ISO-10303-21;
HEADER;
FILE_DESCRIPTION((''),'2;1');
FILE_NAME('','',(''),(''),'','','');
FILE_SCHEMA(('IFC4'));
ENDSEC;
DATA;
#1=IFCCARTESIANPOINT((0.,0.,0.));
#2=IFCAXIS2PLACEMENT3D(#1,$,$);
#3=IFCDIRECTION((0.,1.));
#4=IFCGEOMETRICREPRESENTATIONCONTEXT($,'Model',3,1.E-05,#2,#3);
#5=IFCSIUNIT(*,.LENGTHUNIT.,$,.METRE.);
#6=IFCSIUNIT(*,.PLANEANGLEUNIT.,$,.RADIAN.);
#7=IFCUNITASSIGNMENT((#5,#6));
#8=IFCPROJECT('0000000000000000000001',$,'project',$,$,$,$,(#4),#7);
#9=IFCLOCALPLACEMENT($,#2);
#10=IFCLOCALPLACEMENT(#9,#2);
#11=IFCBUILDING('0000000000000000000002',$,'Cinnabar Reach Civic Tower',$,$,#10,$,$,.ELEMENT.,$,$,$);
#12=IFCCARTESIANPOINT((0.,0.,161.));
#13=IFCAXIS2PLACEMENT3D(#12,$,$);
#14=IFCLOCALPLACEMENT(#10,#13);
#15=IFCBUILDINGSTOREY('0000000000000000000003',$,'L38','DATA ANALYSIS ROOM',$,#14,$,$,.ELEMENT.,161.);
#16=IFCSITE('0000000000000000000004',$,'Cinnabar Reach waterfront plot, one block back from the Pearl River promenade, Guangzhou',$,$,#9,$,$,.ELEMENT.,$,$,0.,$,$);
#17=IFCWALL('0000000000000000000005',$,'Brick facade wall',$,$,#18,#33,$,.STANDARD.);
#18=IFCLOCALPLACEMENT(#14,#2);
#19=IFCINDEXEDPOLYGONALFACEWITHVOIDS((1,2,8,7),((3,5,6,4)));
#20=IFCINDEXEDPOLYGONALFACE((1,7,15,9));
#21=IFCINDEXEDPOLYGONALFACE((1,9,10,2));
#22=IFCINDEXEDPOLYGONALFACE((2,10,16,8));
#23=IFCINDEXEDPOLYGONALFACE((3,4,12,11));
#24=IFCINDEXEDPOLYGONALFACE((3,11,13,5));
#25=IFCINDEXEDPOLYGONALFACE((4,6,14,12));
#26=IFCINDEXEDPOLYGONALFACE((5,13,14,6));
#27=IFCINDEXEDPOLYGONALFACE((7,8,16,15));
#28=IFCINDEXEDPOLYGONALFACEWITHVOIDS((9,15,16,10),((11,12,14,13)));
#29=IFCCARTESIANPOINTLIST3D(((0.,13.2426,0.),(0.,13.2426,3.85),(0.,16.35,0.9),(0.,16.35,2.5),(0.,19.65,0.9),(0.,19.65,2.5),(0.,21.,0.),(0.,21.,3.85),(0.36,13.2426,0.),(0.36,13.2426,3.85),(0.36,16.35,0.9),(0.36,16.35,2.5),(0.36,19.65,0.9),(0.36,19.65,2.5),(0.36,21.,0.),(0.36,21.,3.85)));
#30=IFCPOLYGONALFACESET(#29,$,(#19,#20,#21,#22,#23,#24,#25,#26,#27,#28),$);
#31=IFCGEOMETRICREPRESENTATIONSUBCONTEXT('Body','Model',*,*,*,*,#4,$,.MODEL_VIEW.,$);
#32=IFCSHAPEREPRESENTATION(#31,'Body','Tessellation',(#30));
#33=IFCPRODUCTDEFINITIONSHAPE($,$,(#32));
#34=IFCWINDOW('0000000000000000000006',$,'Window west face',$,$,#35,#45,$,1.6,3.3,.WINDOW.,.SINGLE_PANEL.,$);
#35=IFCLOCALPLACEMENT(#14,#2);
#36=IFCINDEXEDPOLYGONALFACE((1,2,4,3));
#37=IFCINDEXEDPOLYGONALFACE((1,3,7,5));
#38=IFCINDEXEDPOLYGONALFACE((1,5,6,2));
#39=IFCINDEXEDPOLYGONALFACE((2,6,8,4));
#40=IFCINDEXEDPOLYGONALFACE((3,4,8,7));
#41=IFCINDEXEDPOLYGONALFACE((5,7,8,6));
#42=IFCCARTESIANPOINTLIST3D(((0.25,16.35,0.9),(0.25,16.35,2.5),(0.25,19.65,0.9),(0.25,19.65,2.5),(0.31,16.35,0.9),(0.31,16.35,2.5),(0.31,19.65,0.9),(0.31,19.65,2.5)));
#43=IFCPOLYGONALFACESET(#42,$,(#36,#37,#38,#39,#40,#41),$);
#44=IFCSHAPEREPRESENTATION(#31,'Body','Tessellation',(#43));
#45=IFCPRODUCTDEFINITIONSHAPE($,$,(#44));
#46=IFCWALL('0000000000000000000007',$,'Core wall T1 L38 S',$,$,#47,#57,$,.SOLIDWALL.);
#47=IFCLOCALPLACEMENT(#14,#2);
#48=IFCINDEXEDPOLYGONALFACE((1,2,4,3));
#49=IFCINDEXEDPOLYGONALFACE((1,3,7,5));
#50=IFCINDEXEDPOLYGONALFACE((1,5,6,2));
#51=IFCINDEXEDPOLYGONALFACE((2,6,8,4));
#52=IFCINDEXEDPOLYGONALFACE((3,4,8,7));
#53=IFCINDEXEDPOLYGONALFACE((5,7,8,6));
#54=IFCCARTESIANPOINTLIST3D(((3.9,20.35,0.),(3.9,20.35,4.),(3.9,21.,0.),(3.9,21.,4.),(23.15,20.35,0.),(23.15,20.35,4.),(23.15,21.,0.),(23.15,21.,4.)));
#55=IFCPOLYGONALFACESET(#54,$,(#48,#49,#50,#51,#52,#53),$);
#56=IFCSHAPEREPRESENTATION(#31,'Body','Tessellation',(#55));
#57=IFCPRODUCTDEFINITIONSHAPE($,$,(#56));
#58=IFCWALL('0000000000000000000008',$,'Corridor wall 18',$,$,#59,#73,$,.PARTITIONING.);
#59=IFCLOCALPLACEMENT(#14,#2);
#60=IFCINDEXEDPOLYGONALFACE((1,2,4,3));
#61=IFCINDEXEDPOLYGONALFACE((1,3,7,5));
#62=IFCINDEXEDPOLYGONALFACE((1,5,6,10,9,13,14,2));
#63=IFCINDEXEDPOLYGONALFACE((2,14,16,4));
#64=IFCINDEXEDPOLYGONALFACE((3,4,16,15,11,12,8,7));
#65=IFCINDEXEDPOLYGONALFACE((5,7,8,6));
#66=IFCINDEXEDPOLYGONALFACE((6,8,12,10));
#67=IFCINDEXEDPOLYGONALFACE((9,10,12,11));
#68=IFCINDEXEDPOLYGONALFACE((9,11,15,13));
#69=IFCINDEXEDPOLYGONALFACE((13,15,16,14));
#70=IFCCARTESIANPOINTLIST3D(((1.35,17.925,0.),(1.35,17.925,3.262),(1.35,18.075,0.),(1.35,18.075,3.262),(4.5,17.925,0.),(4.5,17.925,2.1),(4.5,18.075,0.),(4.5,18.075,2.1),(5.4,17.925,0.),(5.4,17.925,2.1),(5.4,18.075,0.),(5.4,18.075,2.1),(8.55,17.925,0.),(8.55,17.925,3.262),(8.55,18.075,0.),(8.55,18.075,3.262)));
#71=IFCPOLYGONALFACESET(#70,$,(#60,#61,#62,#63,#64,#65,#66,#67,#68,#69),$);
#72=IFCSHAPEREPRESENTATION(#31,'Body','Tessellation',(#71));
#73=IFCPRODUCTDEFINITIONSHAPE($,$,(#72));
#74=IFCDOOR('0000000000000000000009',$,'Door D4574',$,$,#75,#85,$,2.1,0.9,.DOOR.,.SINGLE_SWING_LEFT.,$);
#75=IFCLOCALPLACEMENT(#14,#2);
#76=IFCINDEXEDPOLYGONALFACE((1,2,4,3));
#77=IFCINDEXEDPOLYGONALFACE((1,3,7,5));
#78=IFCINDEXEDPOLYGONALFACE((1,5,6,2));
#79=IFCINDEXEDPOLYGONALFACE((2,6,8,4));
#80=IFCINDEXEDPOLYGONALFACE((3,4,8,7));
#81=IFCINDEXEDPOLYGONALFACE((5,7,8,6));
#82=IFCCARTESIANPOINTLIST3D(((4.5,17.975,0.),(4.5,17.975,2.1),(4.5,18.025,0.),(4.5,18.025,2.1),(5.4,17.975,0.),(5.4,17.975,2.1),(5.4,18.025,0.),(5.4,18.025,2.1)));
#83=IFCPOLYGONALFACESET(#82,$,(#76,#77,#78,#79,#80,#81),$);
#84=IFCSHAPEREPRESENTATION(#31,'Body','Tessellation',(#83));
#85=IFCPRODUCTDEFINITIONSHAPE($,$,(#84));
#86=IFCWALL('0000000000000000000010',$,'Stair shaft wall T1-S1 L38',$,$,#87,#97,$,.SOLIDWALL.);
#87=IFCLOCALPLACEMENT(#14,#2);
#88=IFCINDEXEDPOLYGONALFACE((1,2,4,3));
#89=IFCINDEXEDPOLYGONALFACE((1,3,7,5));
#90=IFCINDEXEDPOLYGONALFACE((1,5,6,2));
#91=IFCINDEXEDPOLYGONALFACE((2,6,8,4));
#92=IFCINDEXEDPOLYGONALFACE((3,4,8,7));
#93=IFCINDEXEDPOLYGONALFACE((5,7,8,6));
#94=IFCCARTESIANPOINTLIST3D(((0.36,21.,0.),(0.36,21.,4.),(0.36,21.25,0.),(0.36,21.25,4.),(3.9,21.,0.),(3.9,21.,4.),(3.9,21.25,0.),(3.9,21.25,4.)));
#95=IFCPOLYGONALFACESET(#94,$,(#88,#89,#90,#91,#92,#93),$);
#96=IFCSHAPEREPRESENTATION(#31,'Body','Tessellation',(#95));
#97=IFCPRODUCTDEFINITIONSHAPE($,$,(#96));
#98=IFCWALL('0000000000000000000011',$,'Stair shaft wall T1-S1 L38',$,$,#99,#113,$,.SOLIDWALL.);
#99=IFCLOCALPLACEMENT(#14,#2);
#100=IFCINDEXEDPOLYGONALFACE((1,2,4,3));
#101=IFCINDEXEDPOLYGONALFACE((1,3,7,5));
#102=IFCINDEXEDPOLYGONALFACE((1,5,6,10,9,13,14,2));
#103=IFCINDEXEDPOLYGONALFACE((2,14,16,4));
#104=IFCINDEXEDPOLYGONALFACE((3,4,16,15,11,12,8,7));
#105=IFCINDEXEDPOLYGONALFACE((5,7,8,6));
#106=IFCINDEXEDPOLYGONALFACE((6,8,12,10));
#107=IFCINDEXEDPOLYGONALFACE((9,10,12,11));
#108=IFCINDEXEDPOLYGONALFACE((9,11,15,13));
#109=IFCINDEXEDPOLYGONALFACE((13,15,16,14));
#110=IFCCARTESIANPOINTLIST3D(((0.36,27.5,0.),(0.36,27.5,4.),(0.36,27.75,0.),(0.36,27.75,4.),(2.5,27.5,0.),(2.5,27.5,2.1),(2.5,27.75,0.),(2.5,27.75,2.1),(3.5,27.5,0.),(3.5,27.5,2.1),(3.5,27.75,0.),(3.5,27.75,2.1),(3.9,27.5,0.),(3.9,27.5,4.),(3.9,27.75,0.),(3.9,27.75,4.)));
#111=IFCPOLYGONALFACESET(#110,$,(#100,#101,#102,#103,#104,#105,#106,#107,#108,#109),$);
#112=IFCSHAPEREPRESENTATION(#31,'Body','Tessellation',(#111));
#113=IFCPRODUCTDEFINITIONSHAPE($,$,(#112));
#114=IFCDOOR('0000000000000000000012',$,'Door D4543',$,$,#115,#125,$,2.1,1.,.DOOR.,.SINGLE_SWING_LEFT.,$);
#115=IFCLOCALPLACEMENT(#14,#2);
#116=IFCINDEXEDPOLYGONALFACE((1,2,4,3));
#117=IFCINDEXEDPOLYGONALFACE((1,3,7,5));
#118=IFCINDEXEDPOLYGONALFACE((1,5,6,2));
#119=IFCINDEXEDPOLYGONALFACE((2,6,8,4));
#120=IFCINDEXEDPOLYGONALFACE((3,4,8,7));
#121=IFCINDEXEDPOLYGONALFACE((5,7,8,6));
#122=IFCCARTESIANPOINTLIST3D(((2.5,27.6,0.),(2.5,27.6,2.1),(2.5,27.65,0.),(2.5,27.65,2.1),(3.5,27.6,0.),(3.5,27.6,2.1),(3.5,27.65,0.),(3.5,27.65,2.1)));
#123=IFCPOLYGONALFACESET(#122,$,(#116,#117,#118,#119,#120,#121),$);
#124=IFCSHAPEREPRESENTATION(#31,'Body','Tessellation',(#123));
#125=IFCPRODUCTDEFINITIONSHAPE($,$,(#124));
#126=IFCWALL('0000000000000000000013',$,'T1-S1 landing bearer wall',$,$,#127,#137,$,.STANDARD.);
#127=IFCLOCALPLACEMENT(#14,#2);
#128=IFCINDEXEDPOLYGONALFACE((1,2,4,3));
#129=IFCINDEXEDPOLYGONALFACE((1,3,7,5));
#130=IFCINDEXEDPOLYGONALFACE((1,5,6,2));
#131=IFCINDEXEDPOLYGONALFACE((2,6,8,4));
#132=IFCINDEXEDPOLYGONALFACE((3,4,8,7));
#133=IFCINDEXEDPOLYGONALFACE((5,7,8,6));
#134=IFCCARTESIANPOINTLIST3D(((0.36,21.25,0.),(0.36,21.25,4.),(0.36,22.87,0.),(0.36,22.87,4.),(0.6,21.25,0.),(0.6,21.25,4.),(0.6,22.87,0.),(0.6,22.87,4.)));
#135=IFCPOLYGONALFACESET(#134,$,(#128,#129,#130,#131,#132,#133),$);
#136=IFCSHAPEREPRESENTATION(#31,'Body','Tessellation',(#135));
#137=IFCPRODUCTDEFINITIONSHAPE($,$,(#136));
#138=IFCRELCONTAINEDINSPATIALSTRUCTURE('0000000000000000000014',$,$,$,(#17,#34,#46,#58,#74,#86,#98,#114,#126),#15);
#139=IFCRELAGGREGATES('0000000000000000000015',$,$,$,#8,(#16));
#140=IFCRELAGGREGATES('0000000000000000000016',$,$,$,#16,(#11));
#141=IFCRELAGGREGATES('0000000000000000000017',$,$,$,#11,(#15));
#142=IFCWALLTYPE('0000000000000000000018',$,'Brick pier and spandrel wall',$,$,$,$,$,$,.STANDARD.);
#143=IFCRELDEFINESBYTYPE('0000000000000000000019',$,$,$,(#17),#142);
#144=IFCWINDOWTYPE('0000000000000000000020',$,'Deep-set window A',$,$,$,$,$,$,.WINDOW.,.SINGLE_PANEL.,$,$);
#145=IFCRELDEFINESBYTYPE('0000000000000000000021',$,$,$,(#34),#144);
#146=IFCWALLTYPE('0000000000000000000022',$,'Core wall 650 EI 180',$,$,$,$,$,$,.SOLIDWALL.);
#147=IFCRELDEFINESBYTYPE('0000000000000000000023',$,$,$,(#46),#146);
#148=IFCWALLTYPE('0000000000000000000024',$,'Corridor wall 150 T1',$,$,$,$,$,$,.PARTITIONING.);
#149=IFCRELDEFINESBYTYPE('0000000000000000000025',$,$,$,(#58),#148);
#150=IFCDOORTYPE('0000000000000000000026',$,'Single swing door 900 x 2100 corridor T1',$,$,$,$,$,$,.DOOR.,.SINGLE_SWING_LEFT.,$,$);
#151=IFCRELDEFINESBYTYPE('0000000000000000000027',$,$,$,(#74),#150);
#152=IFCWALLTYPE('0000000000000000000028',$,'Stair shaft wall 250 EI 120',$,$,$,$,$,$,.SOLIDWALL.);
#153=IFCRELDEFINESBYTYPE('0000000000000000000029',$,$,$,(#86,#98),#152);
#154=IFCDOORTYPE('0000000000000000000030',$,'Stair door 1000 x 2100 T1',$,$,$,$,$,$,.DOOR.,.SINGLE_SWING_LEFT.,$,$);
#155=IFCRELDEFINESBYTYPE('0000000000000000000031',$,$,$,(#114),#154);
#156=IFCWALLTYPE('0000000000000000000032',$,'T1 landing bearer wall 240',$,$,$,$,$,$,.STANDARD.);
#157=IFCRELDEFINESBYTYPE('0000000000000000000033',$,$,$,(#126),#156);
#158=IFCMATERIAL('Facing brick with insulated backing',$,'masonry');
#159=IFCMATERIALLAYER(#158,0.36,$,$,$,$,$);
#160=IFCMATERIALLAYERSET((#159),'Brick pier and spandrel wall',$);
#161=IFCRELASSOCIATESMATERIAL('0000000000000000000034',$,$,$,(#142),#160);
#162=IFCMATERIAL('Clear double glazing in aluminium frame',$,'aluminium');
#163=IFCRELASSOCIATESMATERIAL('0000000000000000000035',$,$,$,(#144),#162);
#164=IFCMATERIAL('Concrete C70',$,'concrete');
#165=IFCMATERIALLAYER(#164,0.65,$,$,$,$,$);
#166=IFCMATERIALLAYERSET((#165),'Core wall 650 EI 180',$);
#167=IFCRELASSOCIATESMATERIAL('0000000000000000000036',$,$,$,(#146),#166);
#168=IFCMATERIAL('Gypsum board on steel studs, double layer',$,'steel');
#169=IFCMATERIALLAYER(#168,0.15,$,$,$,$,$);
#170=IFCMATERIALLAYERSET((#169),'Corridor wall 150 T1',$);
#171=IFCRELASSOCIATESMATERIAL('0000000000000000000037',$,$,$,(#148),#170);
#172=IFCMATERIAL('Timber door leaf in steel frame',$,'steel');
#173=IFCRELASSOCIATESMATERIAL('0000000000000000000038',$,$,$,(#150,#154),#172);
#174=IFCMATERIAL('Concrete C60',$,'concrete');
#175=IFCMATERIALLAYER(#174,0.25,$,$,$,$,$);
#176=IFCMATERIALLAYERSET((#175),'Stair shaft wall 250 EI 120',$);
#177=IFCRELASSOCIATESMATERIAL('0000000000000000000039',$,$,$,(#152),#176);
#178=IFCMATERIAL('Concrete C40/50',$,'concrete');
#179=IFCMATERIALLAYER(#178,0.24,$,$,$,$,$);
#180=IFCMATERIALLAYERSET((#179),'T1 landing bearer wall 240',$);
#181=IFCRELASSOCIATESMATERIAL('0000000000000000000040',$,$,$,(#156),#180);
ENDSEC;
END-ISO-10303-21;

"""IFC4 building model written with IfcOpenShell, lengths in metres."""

from ifc_helpers import new_model, si_unit, direction, frame, frame_2d, origin, place, context, subcontext, project, spatial, rectangle, extrude, material, layer, layer_set, type_object, element, fill, save


model = new_model("IFC4")

# Units and contexts
model_context = context("Model", 3, precision=1e-05, world=origin(), true_north=direction((0.0, 1.0)))
body_context = subcontext(model_context, "Body", "Model", "MODEL_VIEW")
ifc_project = project(units=[si_unit("LENGTHUNIT", "METRE"), si_unit("PLANEANGLEUNIT", "RADIAN")], contexts=[model_context])

# Site, building, storey
site_placement = place(None, origin())
site = spatial("IfcSite", under=ifc_project, at=site_placement, Name="Cinnabar Reach waterfront plot, one block back from the Pearl River promenade, Guangzhou", CompositionType="ELEMENT", RefElevation=0.0)
building_placement = place(site_placement, origin())
building = spatial("IfcBuilding", under=site, at=building_placement, Name="Cinnabar Reach Civic Tower", CompositionType="ELEMENT")
storey_placement = place(building_placement, frame((0.0, 0.0, 161.0)))
storey = spatial("IfcBuildingStorey", under=building, at=storey_placement, Name="L38", Description="DATA ANALYSIS ROOM", CompositionType="ELEMENT", Elevation=161.0)

# Shared definitions
ifc_material_1 = material(Name="Concrete C70", Category="concrete")

# Shared definitions
ifc_material_2 = material(Name="Facing brick with insulated backing", Category="masonry")
ifc_layer_1 = layer(ifc_material_2, 0.36)
ifc_layer_set_1 = layer_set([ifc_layer_1], Name="Brick pier and spandrel wall")
wall_type_1 = type_object("IfcWallType", Name="Brick pier and spandrel wall", PredefinedType="STANDARD", material=ifc_layer_set_1)

# Wall, opening, window
wall_1_placement = place(storey_placement, frame((0.18, 21.0, 0.0), z_axis=(0.0, 0.0, 1.0), x_axis=(0.0, -1.0, 0.0)))
wall_1 = element("IfcWall", 1, at=wall_1_placement, inside=storey, type_object=wall_type_1, Name="Brick facade wall", PredefinedType="STANDARD", context=body_context, shape_type="SweptSolid", body=[
    extrude(rectangle(XDim=7.7574, YDim=0.36, at=frame_2d((3.8787, 0.0))), origin(), (0.0, 0.0, 1.0), 3.85),
])
opening_1_placement = place(wall_1_placement, frame((1.35, 0.0, 0.9)))
opening_1 = element("IfcOpeningElement", 2, at=opening_1_placement, cuts=wall_1, PredefinedType="OPENING", context=body_context, shape_type="SweptSolid", body=[
    extrude(rectangle(XDim=3.3, YDim=1.6, at=frame_2d((1.65, 0.8))), frame((0.0, 0.19, 0.0), z_axis=(0.0, -1.0, 0.0), x_axis=(1.0, 0.0, 0.0)), (0.0, 0.0, 1.0), 0.38),
])
ifc_material_3 = material(Name="Clear double glazing in aluminium frame", Category="aluminium")
window_type = type_object("IfcWindowType", Name="Deep-set window A", PartitioningType="SINGLE_PANEL", PredefinedType="WINDOW", material=ifc_material_3)
window_placement = place(opening_1_placement, origin())
window = element("IfcWindow", 3, at=window_placement, inside=storey, type_object=window_type, Name="Window west face", OverallHeight=1.6, OverallWidth=3.3, PartitioningType="SINGLE_PANEL", PredefinedType="WINDOW", context=body_context, shape_type="SweptSolid", body=[
    extrude(rectangle(XDim=3.3, YDim=1.6, at=frame_2d((1.65, 0.8))), frame((0.0, 0.13, 0.0), z_axis=(0.0, -1.0, 0.0), x_axis=(1.0, 0.0, 0.0)), (0.0, 0.0, 1.0), 0.06),
])
fill(opening_1, window)

# Wall
ifc_layer_2 = layer(ifc_material_1, 0.65)
ifc_layer_set_2 = layer_set([ifc_layer_2], Name="Core wall 650 EI 180")
wall_type_2 = type_object("IfcWallType", Name="Core wall 650 EI 180", PredefinedType="SOLIDWALL", material=ifc_layer_set_2)
wall_2_placement = place(storey_placement, frame((3.9, 20.675, 0.0), z_axis=(0.0, 0.0, 1.0), x_axis=(1.0, 0.0, 0.0)))
element("IfcWall", 4, at=wall_2_placement, inside=storey, type_object=wall_type_2, Name="Core wall T1 L38 S", PredefinedType="SOLIDWALL", context=body_context, shape_type="SweptSolid", body=[
    extrude(rectangle(XDim=19.25, YDim=0.65, at=frame_2d((9.625, 0.0))), origin(), (0.0, 0.0, 1.0), 4.0),
])

# Wall, opening, door
ifc_material_4 = material(Name="Gypsum board on steel studs, double layer", Category="steel")
ifc_layer_3 = layer(ifc_material_4, 0.15)
ifc_layer_set_3 = layer_set([ifc_layer_3], Name="Corridor wall 150 T1")
wall_type_3 = type_object("IfcWallType", Name="Corridor wall 150 T1", PredefinedType="PARTITIONING", material=ifc_layer_set_3)
wall_3_placement = place(storey_placement, frame((1.35, 18.0, 0.0), z_axis=(0.0, 0.0, 1.0), x_axis=(1.0, 0.0, 0.0)))
wall_3 = element("IfcWall", 5, at=wall_3_placement, inside=storey, type_object=wall_type_3, Name="Corridor wall 18", PredefinedType="PARTITIONING", context=body_context, shape_type="SweptSolid", body=[
    extrude(rectangle(XDim=7.2, YDim=0.15, at=frame_2d((3.6, 0.0))), origin(), (0.0, 0.0, 1.0), 3.262),
])
opening_2_placement = place(wall_3_placement, frame((3.15, 0.0, 0.0)))
opening_2 = element("IfcOpeningElement", 6, at=opening_2_placement, cuts=wall_3, PredefinedType="OPENING", context=body_context, shape_type="SweptSolid", body=[
    extrude(rectangle(XDim=0.9, YDim=2.1, at=frame_2d((0.45, 1.05))), frame((0.0, 0.085, 0.0), z_axis=(0.0, -1.0, 0.0), x_axis=(1.0, 0.0, 0.0)), (0.0, 0.0, 1.0), 0.17),
])
ifc_material_5 = material(Name="Timber door leaf in steel frame", Category="steel")
door_type_1 = type_object("IfcDoorType", Name="Single swing door 900 x 2100 corridor T1", OperationType="SINGLE_SWING_LEFT", PredefinedType="DOOR", material=ifc_material_5)
door_1_placement = place(opening_2_placement, frame((0.9, 0.0, 0.0), z_axis=(0.0, 0.0, 1.0), x_axis=(-1.0, 0.0, 0.0)))
door_1 = element("IfcDoor", 7, at=door_1_placement, inside=storey, type_object=door_type_1, Name="Door D4574", OperationType="SINGLE_SWING_LEFT", OverallHeight=2.1, OverallWidth=0.9, PredefinedType="DOOR", context=body_context, shape_type="SweptSolid", body=[
    extrude(rectangle(XDim=0.9, YDim=2.1, at=frame_2d((0.45, 1.05))), frame((0.0, 0.025, 0.0), z_axis=(0.0, -1.0, 0.0), x_axis=(1.0, 0.0, 0.0)), (0.0, 0.0, 1.0), 0.05),
])
fill(opening_2, door_1)

# Wall
ifc_material_6 = material(Name="Concrete C60", Category="concrete")
ifc_layer_4 = layer(ifc_material_6, 0.25)
ifc_layer_set_4 = layer_set([ifc_layer_4], Name="Stair shaft wall 250 EI 120")
wall_type_4 = type_object("IfcWallType", Name="Stair shaft wall 250 EI 120", PredefinedType="SOLIDWALL", material=ifc_layer_set_4)
wall_4_placement = place(storey_placement, frame((0.36, 21.125, 0.0), z_axis=(0.0, 0.0, 1.0), x_axis=(1.0, 0.0, 0.0)))
element("IfcWall", 8, at=wall_4_placement, inside=storey, type_object=wall_type_4, Name="Stair shaft wall T1-S1 L38", PredefinedType="SOLIDWALL", context=body_context, shape_type="SweptSolid", body=[
    extrude(rectangle(XDim=3.54, YDim=0.25, at=frame_2d((1.77, 0.0))), origin(), (0.0, 0.0, 1.0), 4.0),
])

# Wall, opening, door
wall_5_placement = place(storey_placement, frame((3.9, 27.625, 0.0), z_axis=(0.0, 0.0, 1.0), x_axis=(-1.0, 0.0, 0.0)))
wall_5 = element("IfcWall", 9, at=wall_5_placement, inside=storey, type_object=wall_type_4, Name="Stair shaft wall T1-S1 L38", PredefinedType="SOLIDWALL", context=body_context, shape_type="SweptSolid", body=[
    extrude(rectangle(XDim=3.54, YDim=0.25, at=frame_2d((1.77, 0.0))), origin(), (0.0, 0.0, 1.0), 4.0),
])
opening_3_placement = place(wall_5_placement, frame((0.4, 0.0, 0.0)))
opening_3 = element("IfcOpeningElement", 10, at=opening_3_placement, cuts=wall_5, PredefinedType="OPENING", context=body_context, shape_type="SweptSolid", body=[
    extrude(rectangle(XDim=1.0, YDim=2.1, at=frame_2d((0.5, 1.05))), frame((0.0, 0.135, 0.0), z_axis=(0.0, -1.0, 0.0), x_axis=(1.0, 0.0, 0.0)), (0.0, 0.0, 1.0), 0.27),
])
door_type_2 = type_object("IfcDoorType", Name="Stair door 1000 x 2100 T1", OperationType="SINGLE_SWING_LEFT", PredefinedType="DOOR", material=ifc_material_5)
door_2_placement = place(opening_3_placement, origin())
door_2 = element("IfcDoor", 11, at=door_2_placement, inside=storey, type_object=door_type_2, Name="Door D4543", OperationType="SINGLE_SWING_LEFT", OverallHeight=2.1, OverallWidth=1.0, PredefinedType="DOOR", context=body_context, shape_type="SweptSolid", body=[
    extrude(rectangle(XDim=1.0, YDim=2.1, at=frame_2d((0.5, 1.05))), frame((0.0, 0.025, 0.0), z_axis=(0.0, -1.0, 0.0), x_axis=(1.0, 0.0, 0.0)), (0.0, 0.0, 1.0), 0.05),
])
fill(opening_3, door_2)

# Wall
ifc_material_7 = material(Name="Concrete C40/50", Category="concrete")
ifc_layer_5 = layer(ifc_material_7, 0.24)
ifc_layer_set_5 = layer_set([ifc_layer_5], Name="T1 landing bearer wall 240")
wall_type_5 = type_object("IfcWallType", Name="T1 landing bearer wall 240", PredefinedType="STANDARD", material=ifc_layer_set_5)
wall_6_placement = place(storey_placement, frame((0.48, 21.25, 0.0), z_axis=(0.0, 0.0, 1.0), x_axis=(0.0, 1.0, 0.0)))
element("IfcWall", 12, at=wall_6_placement, inside=storey, type_object=wall_type_5, Name="T1-S1 landing bearer wall", PredefinedType="STANDARD", context=body_context, shape_type="SweptSolid", body=[
    extrude(rectangle(XDim=1.62, YDim=0.24, at=frame_2d((0.81, 0.0))), origin(), (0.0, 0.0, 1.0), 4.0),
])

save(model, "model.ifc")
